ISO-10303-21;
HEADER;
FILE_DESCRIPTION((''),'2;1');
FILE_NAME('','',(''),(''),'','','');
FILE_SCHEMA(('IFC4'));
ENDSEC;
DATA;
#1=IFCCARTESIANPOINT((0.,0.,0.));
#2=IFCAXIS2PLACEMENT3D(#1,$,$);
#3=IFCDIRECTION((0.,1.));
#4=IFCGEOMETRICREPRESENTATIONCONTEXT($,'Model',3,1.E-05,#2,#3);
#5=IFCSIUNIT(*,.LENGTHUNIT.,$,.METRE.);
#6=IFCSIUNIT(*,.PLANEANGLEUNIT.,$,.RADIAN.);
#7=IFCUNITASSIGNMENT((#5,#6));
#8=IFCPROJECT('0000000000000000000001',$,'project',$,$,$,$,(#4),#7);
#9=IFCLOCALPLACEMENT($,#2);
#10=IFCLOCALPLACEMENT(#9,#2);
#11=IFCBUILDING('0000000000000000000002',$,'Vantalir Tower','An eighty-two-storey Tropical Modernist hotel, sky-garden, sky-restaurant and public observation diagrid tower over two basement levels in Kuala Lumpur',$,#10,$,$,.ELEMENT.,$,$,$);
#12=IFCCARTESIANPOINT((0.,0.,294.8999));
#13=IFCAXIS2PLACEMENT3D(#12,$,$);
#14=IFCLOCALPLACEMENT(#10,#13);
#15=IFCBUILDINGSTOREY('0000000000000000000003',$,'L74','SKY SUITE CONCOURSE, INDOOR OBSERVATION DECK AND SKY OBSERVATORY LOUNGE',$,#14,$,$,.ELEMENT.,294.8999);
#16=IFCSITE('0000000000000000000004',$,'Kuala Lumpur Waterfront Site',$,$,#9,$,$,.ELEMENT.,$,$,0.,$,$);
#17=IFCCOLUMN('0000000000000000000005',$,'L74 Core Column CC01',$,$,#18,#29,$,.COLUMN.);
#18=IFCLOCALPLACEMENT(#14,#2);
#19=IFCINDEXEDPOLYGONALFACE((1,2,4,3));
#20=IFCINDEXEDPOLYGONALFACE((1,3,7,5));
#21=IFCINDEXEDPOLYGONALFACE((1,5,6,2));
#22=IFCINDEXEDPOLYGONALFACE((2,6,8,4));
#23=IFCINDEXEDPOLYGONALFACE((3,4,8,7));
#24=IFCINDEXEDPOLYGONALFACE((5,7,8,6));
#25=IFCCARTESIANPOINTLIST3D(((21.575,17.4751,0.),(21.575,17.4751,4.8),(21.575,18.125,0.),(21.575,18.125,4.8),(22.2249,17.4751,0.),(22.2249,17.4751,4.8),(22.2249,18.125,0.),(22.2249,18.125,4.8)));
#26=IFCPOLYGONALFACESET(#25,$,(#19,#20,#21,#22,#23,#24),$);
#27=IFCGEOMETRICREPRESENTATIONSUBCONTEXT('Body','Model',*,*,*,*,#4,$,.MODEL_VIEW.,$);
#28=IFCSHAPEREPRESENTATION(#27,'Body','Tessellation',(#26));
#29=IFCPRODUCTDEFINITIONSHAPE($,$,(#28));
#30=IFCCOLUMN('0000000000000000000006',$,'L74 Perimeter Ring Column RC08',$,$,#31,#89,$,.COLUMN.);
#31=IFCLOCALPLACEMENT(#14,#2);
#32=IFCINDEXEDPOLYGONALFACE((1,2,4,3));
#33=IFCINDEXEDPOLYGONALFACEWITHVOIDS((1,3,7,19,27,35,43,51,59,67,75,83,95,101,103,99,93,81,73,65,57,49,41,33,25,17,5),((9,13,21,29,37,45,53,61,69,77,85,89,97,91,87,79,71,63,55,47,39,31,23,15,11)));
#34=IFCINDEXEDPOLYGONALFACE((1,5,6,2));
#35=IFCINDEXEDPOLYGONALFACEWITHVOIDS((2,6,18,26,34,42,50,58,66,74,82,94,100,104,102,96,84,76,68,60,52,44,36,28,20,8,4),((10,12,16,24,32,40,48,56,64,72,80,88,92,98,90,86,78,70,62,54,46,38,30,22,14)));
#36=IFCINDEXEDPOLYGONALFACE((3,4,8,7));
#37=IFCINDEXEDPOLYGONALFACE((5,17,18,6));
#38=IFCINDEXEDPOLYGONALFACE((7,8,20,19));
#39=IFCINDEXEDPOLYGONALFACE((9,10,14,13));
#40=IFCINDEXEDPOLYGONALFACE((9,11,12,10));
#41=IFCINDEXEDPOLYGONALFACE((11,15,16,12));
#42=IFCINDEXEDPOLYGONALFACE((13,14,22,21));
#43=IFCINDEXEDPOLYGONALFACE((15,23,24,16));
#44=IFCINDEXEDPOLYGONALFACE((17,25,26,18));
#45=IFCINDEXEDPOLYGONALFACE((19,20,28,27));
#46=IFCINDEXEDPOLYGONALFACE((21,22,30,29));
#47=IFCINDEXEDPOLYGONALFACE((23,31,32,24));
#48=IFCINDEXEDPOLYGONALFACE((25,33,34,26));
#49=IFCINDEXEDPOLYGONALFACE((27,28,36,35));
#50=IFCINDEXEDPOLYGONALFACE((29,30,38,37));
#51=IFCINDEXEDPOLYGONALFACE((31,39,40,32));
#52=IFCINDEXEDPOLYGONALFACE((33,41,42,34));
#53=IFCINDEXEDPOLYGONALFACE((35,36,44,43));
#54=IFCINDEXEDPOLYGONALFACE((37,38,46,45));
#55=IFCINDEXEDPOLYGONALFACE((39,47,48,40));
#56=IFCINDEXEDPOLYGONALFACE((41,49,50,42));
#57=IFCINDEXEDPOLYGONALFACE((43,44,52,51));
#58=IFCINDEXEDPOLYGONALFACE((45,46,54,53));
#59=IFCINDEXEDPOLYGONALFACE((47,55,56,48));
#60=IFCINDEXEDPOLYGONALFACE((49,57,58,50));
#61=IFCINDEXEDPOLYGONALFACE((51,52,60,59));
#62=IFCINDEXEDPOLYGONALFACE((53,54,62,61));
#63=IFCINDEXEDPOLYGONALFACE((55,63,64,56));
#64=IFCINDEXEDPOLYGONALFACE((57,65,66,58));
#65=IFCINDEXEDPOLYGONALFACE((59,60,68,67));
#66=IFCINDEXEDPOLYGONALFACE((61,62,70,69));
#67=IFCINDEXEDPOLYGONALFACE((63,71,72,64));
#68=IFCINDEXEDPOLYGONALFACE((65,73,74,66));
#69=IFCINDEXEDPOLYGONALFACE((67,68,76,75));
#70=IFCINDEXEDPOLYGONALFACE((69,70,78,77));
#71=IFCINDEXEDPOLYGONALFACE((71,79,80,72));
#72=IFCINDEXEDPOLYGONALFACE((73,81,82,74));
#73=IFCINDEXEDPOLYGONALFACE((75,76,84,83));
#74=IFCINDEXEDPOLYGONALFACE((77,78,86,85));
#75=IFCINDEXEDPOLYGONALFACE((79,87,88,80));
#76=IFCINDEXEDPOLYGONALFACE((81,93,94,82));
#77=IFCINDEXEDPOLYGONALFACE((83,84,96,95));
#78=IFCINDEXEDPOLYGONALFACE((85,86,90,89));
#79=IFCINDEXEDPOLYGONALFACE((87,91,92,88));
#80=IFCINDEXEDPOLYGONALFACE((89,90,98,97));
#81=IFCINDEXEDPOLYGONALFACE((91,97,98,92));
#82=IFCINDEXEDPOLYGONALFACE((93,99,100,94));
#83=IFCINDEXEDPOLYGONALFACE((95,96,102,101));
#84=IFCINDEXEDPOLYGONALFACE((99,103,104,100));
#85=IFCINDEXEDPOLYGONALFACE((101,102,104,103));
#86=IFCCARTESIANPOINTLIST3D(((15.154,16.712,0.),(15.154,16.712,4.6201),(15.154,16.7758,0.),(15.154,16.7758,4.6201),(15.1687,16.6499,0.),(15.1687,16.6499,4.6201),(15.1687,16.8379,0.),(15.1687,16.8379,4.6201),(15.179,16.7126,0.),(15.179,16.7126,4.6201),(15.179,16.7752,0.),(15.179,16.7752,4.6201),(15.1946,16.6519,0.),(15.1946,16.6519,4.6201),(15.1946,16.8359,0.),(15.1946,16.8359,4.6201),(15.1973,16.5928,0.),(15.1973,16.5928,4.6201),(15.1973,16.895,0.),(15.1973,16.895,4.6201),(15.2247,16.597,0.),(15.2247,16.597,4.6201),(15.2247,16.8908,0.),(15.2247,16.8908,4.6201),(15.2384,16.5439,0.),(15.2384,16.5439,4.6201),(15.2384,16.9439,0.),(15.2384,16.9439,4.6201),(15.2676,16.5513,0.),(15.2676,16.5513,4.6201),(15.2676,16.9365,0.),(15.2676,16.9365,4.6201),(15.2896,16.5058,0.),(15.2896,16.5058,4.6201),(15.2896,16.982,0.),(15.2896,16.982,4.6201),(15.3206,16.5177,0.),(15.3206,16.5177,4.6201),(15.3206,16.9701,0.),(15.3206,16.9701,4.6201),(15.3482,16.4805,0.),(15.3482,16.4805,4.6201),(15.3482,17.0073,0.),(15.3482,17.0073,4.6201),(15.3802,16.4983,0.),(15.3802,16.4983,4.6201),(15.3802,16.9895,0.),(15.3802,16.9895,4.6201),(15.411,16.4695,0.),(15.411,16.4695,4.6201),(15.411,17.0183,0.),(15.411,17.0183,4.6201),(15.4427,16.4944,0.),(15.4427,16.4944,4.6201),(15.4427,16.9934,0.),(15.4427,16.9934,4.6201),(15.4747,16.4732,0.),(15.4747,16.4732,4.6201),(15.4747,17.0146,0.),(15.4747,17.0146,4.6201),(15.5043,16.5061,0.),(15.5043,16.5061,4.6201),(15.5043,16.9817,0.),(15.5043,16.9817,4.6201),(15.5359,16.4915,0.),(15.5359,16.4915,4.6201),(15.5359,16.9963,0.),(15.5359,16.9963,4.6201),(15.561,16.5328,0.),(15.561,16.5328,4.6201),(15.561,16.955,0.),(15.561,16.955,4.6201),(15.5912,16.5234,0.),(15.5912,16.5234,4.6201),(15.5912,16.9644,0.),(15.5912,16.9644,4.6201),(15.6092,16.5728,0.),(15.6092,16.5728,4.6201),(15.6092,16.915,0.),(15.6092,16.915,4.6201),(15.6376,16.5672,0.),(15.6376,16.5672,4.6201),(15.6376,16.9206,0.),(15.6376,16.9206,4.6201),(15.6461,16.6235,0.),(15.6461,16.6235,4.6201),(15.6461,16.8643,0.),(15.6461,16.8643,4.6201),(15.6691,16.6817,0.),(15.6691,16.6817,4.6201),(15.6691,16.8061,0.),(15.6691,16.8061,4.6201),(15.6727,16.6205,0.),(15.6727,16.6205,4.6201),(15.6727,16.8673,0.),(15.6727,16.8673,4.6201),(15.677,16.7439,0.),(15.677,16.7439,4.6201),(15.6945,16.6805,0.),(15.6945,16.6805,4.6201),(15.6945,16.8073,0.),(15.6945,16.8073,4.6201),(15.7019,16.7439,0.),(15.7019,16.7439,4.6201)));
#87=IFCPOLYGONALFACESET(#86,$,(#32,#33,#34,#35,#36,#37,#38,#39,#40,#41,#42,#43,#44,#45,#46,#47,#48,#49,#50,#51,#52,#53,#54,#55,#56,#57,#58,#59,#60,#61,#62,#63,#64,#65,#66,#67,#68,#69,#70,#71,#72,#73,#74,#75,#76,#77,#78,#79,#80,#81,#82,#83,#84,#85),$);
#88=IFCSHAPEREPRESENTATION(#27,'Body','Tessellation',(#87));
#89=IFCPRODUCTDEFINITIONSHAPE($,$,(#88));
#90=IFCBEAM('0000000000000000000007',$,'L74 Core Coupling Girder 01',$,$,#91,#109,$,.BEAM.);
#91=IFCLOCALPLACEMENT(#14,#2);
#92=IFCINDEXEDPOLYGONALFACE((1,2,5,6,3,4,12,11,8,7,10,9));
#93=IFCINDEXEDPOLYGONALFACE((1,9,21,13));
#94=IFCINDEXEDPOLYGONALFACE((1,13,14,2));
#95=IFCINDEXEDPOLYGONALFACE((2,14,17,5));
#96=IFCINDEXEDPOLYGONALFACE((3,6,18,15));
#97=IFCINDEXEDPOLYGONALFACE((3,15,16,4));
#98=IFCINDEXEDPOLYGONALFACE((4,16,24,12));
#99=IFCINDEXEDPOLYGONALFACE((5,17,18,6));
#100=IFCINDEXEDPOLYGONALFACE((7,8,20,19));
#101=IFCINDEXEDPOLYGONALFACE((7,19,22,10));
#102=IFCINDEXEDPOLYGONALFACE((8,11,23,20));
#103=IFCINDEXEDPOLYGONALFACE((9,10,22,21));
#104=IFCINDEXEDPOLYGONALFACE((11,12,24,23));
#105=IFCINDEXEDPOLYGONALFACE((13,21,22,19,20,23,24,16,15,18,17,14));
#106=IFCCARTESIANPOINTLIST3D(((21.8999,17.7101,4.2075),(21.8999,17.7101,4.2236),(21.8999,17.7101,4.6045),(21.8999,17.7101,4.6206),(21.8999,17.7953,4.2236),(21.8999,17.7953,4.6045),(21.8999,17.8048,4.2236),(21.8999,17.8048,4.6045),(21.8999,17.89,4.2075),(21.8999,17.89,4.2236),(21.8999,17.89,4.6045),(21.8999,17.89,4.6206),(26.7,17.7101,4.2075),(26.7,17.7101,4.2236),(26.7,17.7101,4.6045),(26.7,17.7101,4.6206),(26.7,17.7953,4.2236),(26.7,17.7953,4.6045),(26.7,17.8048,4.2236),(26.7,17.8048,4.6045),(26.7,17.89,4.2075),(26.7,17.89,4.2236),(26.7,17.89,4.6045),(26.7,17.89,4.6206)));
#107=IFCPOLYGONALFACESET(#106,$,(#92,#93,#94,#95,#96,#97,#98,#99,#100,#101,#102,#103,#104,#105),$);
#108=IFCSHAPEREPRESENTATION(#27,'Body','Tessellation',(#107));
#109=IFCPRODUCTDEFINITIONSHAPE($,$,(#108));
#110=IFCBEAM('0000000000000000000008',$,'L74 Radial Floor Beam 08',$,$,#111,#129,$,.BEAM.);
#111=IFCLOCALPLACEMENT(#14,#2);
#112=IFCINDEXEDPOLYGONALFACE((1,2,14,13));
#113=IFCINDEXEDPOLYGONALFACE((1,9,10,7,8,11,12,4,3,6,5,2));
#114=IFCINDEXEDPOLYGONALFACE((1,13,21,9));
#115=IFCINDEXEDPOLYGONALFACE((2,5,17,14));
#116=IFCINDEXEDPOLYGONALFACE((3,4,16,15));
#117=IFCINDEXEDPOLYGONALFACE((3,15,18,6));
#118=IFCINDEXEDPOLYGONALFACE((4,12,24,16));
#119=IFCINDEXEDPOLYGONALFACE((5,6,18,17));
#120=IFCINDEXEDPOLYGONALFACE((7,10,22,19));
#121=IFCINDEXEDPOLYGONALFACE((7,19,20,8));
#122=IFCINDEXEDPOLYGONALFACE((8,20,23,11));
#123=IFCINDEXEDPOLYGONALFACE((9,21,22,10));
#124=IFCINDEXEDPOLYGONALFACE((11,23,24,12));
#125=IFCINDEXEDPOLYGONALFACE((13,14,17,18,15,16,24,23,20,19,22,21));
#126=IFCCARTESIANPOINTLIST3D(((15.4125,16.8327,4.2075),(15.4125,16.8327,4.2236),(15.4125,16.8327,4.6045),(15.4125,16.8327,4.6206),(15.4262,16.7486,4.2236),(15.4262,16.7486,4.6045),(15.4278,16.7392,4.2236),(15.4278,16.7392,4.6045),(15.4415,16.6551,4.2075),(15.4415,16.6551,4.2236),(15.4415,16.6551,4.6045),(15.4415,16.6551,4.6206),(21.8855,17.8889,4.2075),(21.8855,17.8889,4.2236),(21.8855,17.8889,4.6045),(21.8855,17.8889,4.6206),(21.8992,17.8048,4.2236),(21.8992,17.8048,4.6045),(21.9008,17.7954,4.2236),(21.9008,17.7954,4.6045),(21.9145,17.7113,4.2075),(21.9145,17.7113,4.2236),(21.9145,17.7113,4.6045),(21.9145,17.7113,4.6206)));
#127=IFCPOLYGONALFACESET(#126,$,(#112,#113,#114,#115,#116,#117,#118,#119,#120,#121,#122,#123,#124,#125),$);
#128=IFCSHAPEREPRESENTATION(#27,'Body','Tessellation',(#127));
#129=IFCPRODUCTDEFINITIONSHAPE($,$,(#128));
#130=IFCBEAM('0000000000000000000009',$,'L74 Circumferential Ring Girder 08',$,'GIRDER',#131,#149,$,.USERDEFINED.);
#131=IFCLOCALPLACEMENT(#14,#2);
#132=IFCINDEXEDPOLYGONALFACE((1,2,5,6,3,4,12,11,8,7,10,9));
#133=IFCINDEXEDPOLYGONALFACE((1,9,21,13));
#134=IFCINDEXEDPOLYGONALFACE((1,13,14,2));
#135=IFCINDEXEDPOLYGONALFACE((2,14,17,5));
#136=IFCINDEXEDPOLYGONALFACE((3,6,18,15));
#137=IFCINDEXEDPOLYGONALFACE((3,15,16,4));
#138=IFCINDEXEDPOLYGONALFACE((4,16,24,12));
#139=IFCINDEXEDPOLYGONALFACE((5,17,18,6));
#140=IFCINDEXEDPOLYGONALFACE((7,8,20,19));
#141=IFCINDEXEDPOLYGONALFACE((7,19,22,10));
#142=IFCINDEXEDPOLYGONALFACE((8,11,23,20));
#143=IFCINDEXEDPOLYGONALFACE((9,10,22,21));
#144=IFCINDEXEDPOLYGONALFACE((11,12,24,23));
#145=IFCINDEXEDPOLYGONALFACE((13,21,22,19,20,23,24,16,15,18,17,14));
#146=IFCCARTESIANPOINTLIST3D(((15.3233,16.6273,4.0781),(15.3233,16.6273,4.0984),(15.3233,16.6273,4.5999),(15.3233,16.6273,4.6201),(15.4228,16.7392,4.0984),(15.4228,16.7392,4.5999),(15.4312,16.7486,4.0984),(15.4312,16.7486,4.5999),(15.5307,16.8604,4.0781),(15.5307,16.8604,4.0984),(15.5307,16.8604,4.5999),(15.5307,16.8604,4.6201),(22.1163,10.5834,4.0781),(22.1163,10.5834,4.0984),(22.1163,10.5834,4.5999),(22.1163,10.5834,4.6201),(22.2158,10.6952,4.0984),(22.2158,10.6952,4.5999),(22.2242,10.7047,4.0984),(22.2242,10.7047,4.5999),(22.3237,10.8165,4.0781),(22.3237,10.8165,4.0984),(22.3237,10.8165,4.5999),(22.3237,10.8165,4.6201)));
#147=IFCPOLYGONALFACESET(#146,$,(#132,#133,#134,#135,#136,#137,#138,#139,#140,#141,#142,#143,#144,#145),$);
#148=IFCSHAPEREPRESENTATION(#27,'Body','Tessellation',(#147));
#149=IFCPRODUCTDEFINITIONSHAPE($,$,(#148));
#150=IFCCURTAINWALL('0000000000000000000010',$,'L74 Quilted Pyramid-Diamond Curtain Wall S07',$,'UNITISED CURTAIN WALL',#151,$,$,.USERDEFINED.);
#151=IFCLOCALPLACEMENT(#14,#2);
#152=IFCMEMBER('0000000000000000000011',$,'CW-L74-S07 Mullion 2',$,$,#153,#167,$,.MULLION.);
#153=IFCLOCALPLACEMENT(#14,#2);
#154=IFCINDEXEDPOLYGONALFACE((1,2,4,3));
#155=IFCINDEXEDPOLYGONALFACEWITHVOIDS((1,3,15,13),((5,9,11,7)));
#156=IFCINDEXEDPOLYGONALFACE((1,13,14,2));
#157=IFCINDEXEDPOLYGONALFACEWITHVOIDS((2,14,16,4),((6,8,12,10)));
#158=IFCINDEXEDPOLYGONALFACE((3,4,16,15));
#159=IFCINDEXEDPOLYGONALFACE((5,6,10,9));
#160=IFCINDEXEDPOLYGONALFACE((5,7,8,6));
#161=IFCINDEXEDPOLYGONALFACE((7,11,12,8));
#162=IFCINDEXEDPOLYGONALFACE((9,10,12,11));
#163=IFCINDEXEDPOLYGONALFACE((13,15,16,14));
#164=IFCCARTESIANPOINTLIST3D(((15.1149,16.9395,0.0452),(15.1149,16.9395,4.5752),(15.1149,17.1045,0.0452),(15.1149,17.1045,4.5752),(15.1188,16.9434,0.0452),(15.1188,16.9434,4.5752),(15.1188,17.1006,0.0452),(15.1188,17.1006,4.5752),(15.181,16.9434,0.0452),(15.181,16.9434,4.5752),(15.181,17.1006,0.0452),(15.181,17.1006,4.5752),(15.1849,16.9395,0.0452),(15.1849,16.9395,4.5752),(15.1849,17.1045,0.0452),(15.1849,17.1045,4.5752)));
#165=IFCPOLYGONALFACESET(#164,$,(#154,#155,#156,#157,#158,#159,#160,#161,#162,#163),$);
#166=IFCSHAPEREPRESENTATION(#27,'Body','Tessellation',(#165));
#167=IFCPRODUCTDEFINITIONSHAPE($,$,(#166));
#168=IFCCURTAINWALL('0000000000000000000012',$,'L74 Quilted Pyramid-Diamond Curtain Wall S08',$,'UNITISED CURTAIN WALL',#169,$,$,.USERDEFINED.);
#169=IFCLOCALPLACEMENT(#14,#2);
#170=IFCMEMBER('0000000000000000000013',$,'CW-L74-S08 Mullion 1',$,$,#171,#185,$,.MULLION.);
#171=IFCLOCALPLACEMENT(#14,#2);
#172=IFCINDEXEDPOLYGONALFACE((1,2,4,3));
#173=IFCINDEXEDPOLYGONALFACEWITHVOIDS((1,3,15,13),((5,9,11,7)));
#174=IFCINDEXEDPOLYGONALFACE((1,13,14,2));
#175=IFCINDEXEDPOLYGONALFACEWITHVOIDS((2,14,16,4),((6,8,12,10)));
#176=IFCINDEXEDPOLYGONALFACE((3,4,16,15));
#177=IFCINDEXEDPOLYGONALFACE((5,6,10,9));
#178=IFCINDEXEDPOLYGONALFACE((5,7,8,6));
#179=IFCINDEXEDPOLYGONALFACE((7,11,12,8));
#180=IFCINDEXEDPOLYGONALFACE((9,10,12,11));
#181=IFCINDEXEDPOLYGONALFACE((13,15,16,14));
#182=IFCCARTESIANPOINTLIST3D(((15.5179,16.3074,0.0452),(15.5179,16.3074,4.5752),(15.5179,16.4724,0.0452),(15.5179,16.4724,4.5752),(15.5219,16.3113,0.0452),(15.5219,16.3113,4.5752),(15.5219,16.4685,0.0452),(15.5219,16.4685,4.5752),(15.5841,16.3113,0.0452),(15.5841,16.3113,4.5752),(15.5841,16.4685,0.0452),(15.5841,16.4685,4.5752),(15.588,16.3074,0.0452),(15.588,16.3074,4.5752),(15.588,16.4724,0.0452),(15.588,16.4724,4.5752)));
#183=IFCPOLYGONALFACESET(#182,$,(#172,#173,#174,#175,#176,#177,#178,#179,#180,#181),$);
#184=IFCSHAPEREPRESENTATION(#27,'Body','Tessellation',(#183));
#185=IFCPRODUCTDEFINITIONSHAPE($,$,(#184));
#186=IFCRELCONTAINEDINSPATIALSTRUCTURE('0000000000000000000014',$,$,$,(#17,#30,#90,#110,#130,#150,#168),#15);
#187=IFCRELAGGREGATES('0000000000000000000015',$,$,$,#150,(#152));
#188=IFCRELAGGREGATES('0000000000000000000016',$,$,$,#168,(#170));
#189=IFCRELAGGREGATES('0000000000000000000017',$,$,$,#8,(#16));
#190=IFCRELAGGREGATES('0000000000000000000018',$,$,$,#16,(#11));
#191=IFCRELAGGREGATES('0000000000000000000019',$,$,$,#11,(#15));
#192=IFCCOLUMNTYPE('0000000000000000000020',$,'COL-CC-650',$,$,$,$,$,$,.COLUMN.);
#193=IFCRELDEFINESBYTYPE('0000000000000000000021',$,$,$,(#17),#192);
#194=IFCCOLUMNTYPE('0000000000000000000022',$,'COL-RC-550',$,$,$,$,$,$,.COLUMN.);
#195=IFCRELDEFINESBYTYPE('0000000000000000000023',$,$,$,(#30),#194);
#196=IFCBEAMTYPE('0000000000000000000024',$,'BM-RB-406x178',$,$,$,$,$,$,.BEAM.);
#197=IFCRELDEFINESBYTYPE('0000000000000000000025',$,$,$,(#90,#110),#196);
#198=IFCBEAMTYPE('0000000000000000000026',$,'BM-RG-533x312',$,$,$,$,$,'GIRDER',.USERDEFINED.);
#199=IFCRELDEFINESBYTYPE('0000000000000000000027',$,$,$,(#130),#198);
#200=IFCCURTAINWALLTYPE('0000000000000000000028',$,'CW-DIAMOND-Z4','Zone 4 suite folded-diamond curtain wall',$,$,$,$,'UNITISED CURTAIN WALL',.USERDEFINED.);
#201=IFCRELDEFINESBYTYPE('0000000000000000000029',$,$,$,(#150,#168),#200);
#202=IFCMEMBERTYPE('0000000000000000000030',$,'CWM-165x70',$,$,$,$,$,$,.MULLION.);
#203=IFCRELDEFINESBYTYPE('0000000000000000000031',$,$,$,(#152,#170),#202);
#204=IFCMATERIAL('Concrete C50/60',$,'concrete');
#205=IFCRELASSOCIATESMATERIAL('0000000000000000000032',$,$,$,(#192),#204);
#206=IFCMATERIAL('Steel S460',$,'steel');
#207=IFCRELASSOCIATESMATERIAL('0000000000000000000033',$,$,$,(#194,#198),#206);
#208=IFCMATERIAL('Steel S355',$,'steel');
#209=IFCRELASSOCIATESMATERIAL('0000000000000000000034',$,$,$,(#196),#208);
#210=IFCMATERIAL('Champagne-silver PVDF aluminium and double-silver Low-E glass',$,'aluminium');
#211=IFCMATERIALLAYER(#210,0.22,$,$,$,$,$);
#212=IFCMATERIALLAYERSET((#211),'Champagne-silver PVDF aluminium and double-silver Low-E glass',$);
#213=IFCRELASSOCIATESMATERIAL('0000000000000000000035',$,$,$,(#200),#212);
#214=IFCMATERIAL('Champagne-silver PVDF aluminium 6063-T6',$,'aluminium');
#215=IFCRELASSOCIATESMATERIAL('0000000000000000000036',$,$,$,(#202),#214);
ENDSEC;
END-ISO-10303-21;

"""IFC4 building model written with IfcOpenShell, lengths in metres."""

from ifc_helpers import new_model, si_unit, direction, frame, origin, origin_2d, place, context, subcontext, project, spatial, rectangle, hollow_rectangle, hollow_circle, i_section, extrude, material, layer, layer_set, material_profile, profile_set, type_object, element, aggregate, save


model = new_model("IFC4")

# Units and contexts
model_context = context("Model", 3, precision=1e-05, world=origin(), true_north=direction((0.0, 1.0)))
body_context = subcontext(model_context, "Body", "Model", "MODEL_VIEW")
ifc_project = project(units=[si_unit("LENGTHUNIT", "METRE"), si_unit("PLANEANGLEUNIT", "RADIAN")], contexts=[model_context])

# Site, building, storey
site_placement = place(None, origin())
site = spatial("IfcSite", under=ifc_project, at=site_placement, Name="Kuala Lumpur Waterfront Site", CompositionType="ELEMENT", RefElevation=0.0)
building_placement = place(site_placement, origin())
building = spatial("IfcBuilding", under=site, at=building_placement, Name="Vantalir Tower", Description="An eighty-two-storey Tropical Modernist hotel, sky-garden, sky-restaurant and public observation diagrid tower over two basement levels in Kuala Lumpur", CompositionType="ELEMENT")
storey_placement = place(building_placement, frame((0.0, 0.0, 294.8999)))
storey = spatial("IfcBuildingStorey", under=building, at=storey_placement, Name="L74", Description="SKY SUITE CONCOURSE, INDOOR OBSERVATION DECK AND SKY OBSERVATORY LOUNGE", CompositionType="ELEMENT", Elevation=294.8999)

# Columns
ifc_material_1 = material(Name="Concrete C50/60", Category="concrete")
ifc_material_profile_1 = material_profile(ifc_material_1, rectangle(XDim=0.6499, YDim=0.6499, at=origin_2d()), Name="Concrete C50/60")
ifc_profile_set_1 = profile_set([ifc_material_profile_1], Name="Concrete C50/60")
column_type_1 = type_object("IfcColumnType", Name="COL-CC-650", PredefinedType="COLUMN", material=ifc_profile_set_1)
column_1_placement = place(storey_placement, frame((21.8999, 17.8, 0.0), z_axis=(0.0, 0.0, 1.0), x_axis=(1.0, 0.0, 0.0)))
element("IfcColumn", 1, at=column_1_placement, inside=storey, type_object=column_type_1, Name="L74 Core Column CC01", PredefinedType="COLUMN", context=body_context, shape_type="SweptSolid", body=[
    extrude(rectangle(XDim=0.6499, YDim=0.6499, at=origin_2d()), origin(), (0.0, 0.0, 1.0), 4.8),
])
ifc_material_2 = material(Name="Steel S460", Category="steel")
ifc_material_profile_2 = material_profile(ifc_material_2, hollow_circle(Radius=0.2749, WallThickness=0.0249, at=origin_2d()), Name="Steel S460")
ifc_profile_set_2 = profile_set([ifc_material_profile_2], Name="Steel S460")
column_type_2 = type_object("IfcColumnType", Name="COL-RC-550", PredefinedType="COLUMN", material=ifc_profile_set_2)
column_2_placement = place(storey_placement, frame((15.427, 16.7439, 0.0), z_axis=(0.0, 0.0, 1.0), x_axis=(1.0, 0.0, 0.0)))
element("IfcColumn", 2, at=column_2_placement, inside=storey, type_object=column_type_2, Name="L74 Perimeter Ring Column RC08", PredefinedType="COLUMN", context=body_context, shape_type="SweptSolid", body=[
    extrude(hollow_circle(Radius=0.2749, WallThickness=0.0249, at=origin_2d()), origin(), (0.0, 0.0, 1.0), 4.6201),
])

# Beams
ifc_material_3 = material(Name="Steel S355", Category="steel")
ifc_material_profile_3 = material_profile(ifc_material_3, i_section(OverallWidth=0.1799, OverallDepth=0.4131, WebThickness=0.0095, FlangeThickness=0.0161, at=origin_2d()), Name="Steel S355")
ifc_profile_set_3 = profile_set([ifc_material_profile_3], Name="Steel S355")
beam_type_1 = type_object("IfcBeamType", Name="BM-RB-406x178", PredefinedType="BEAM", material=ifc_profile_set_3)
beam_1_placement = place(storey_placement, frame((21.8999, 17.8, 4.4141), z_axis=(1.0, 0.0, 0.0), x_axis=(0.0, 1.0, 0.0)))
element("IfcBeam", 3, at=beam_1_placement, inside=storey, type_object=beam_type_1, Name="L74 Core Coupling Girder 01", PredefinedType="BEAM", context=body_context, shape_type="SweptSolid", body=[
    extrude(i_section(OverallWidth=0.1799, OverallDepth=0.4131, WebThickness=0.0095, FlangeThickness=0.0161, at=origin_2d()), origin(), (0.0, 0.0, 1.0), 4.8),
])
beam_2_placement = place(storey_placement, frame((15.427, 16.7439, 4.4141), z_axis=(0.986949, 0.161036, 0.0), x_axis=(-0.161036, 0.986949, 0.0)))
element("IfcBeam", 4, at=beam_2_placement, inside=storey, type_object=beam_type_1, Name="L74 Radial Floor Beam 08", PredefinedType="BEAM", context=body_context, shape_type="SweptSolid", body=[
    extrude(i_section(OverallWidth=0.1799, OverallDepth=0.4131, WebThickness=0.0095, FlangeThickness=0.0161, at=origin_2d()), origin(), (0.0, 0.0, 1.0), 6.5586),
])
ifc_material_profile_4 = material_profile(ifc_material_2, i_section(OverallWidth=0.312, OverallDepth=0.542, WebThickness=0.0127, FlangeThickness=0.0203, at=origin_2d()), Name="Steel S460")
ifc_profile_set_4 = profile_set([ifc_material_profile_4], Name="Steel S460")
beam_type_2 = type_object("IfcBeamType", Name="BM-RG-533x312", ElementType="GIRDER", PredefinedType="USERDEFINED", material=ifc_profile_set_4)
beam_3_placement = place(storey_placement, frame((15.427, 16.7439, 4.3491), z_axis=(0.747095, -0.664717, 0.0), x_axis=(0.664717, 0.747095, 0.0)))
element("IfcBeam", 5, at=beam_3_placement, inside=storey, type_object=beam_type_2, Name="L74 Circumferential Ring Girder 08", ObjectType="GIRDER", PredefinedType="USERDEFINED", context=body_context, shape_type="SweptSolid", body=[
    extrude(i_section(OverallWidth=0.312, OverallDepth=0.542, WebThickness=0.0127, FlangeThickness=0.0203, at=origin_2d()), origin(), (0.0, 0.0, 1.0), 9.0925),
])

# Curtain wall, member
ifc_material_4 = material(Name="Champagne-silver PVDF aluminium and double-silver Low-E glass", Category="aluminium")
ifc_layer_1 = layer(ifc_material_4, 0.22)
ifc_layer_set_1 = layer_set([ifc_layer_1], Name="Champagne-silver PVDF aluminium and double-silver Low-E glass")
curtain_wall_type = type_object("IfcCurtainWallType", Name="CW-DIAMOND-Z4", Description="Zone 4 suite folded-diamond curtain wall", ElementType="UNITISED CURTAIN WALL", PredefinedType="USERDEFINED", material=ifc_layer_set_1)
curtain_wall_1_placement = place(storey_placement, origin())
curtain_wall_1 = element("IfcCurtainWall", 6, at=curtain_wall_1_placement, inside=storey, type_object=curtain_wall_type, Name="L74 Quilted Pyramid-Diamond Curtain Wall S07", ObjectType="UNITISED CURTAIN WALL", PredefinedType="USERDEFINED")
ifc_material_5 = material(Name="Champagne-silver PVDF aluminium 6063-T6", Category="aluminium")
ifc_material_profile_5 = material_profile(ifc_material_5, hollow_rectangle(XDim=0.0701, YDim=0.165, WallThickness=0.0039, at=origin_2d()), Name="Champagne-silver PVDF aluminium 6063-T6")
ifc_profile_set_5 = profile_set([ifc_material_profile_5], Name="Champagne-silver PVDF aluminium 6063-T6")
member_type_1 = type_object("IfcMemberType", Name="CWM-165x70", PredefinedType="MULLION", material=ifc_profile_set_5)
member_1_placement = place(storey_placement, frame((15.1499, 17.022, 0.0452), z_axis=(0.0, 0.0, 1.0), x_axis=(1.0, 0.0, 0.0)))
member_1 = element("IfcMember", 7, at=member_1_placement, type_object=member_type_1, Name="CW-L74-S07 Mullion 2", PredefinedType="MULLION", context=body_context, shape_type="SweptSolid", body=[
    extrude(hollow_rectangle(XDim=0.0701, YDim=0.165, WallThickness=0.0039, at=origin_2d()), origin(), (0.0, 0.0, 1.0), 4.53),
])

# Curtain wall, member
curtain_wall_2_placement = place(storey_placement, origin())
curtain_wall_2 = element("IfcCurtainWall", 8, at=curtain_wall_2_placement, inside=storey, type_object=curtain_wall_type, Name="L74 Quilted Pyramid-Diamond Curtain Wall S08", ObjectType="UNITISED CURTAIN WALL", PredefinedType="USERDEFINED")
member_2_placement = place(storey_placement, frame((15.553, 16.3899, 0.0452), z_axis=(0.0, 0.0, 1.0), x_axis=(1.0, 0.0, 0.0)))
member_2 = element("IfcMember", 9, at=member_2_placement, type_object=member_type_1, Name="CW-L74-S08 Mullion 1", PredefinedType="MULLION", context=body_context, shape_type="SweptSolid", body=[
    extrude(hollow_rectangle(XDim=0.0701, YDim=0.165, WallThickness=0.0039, at=origin_2d()), origin(), (0.0, 0.0, 1.0), 4.53),
])

aggregate(curtain_wall_1, [member_1])
aggregate(curtain_wall_2, [member_2])

save(model, "model.ifc")
